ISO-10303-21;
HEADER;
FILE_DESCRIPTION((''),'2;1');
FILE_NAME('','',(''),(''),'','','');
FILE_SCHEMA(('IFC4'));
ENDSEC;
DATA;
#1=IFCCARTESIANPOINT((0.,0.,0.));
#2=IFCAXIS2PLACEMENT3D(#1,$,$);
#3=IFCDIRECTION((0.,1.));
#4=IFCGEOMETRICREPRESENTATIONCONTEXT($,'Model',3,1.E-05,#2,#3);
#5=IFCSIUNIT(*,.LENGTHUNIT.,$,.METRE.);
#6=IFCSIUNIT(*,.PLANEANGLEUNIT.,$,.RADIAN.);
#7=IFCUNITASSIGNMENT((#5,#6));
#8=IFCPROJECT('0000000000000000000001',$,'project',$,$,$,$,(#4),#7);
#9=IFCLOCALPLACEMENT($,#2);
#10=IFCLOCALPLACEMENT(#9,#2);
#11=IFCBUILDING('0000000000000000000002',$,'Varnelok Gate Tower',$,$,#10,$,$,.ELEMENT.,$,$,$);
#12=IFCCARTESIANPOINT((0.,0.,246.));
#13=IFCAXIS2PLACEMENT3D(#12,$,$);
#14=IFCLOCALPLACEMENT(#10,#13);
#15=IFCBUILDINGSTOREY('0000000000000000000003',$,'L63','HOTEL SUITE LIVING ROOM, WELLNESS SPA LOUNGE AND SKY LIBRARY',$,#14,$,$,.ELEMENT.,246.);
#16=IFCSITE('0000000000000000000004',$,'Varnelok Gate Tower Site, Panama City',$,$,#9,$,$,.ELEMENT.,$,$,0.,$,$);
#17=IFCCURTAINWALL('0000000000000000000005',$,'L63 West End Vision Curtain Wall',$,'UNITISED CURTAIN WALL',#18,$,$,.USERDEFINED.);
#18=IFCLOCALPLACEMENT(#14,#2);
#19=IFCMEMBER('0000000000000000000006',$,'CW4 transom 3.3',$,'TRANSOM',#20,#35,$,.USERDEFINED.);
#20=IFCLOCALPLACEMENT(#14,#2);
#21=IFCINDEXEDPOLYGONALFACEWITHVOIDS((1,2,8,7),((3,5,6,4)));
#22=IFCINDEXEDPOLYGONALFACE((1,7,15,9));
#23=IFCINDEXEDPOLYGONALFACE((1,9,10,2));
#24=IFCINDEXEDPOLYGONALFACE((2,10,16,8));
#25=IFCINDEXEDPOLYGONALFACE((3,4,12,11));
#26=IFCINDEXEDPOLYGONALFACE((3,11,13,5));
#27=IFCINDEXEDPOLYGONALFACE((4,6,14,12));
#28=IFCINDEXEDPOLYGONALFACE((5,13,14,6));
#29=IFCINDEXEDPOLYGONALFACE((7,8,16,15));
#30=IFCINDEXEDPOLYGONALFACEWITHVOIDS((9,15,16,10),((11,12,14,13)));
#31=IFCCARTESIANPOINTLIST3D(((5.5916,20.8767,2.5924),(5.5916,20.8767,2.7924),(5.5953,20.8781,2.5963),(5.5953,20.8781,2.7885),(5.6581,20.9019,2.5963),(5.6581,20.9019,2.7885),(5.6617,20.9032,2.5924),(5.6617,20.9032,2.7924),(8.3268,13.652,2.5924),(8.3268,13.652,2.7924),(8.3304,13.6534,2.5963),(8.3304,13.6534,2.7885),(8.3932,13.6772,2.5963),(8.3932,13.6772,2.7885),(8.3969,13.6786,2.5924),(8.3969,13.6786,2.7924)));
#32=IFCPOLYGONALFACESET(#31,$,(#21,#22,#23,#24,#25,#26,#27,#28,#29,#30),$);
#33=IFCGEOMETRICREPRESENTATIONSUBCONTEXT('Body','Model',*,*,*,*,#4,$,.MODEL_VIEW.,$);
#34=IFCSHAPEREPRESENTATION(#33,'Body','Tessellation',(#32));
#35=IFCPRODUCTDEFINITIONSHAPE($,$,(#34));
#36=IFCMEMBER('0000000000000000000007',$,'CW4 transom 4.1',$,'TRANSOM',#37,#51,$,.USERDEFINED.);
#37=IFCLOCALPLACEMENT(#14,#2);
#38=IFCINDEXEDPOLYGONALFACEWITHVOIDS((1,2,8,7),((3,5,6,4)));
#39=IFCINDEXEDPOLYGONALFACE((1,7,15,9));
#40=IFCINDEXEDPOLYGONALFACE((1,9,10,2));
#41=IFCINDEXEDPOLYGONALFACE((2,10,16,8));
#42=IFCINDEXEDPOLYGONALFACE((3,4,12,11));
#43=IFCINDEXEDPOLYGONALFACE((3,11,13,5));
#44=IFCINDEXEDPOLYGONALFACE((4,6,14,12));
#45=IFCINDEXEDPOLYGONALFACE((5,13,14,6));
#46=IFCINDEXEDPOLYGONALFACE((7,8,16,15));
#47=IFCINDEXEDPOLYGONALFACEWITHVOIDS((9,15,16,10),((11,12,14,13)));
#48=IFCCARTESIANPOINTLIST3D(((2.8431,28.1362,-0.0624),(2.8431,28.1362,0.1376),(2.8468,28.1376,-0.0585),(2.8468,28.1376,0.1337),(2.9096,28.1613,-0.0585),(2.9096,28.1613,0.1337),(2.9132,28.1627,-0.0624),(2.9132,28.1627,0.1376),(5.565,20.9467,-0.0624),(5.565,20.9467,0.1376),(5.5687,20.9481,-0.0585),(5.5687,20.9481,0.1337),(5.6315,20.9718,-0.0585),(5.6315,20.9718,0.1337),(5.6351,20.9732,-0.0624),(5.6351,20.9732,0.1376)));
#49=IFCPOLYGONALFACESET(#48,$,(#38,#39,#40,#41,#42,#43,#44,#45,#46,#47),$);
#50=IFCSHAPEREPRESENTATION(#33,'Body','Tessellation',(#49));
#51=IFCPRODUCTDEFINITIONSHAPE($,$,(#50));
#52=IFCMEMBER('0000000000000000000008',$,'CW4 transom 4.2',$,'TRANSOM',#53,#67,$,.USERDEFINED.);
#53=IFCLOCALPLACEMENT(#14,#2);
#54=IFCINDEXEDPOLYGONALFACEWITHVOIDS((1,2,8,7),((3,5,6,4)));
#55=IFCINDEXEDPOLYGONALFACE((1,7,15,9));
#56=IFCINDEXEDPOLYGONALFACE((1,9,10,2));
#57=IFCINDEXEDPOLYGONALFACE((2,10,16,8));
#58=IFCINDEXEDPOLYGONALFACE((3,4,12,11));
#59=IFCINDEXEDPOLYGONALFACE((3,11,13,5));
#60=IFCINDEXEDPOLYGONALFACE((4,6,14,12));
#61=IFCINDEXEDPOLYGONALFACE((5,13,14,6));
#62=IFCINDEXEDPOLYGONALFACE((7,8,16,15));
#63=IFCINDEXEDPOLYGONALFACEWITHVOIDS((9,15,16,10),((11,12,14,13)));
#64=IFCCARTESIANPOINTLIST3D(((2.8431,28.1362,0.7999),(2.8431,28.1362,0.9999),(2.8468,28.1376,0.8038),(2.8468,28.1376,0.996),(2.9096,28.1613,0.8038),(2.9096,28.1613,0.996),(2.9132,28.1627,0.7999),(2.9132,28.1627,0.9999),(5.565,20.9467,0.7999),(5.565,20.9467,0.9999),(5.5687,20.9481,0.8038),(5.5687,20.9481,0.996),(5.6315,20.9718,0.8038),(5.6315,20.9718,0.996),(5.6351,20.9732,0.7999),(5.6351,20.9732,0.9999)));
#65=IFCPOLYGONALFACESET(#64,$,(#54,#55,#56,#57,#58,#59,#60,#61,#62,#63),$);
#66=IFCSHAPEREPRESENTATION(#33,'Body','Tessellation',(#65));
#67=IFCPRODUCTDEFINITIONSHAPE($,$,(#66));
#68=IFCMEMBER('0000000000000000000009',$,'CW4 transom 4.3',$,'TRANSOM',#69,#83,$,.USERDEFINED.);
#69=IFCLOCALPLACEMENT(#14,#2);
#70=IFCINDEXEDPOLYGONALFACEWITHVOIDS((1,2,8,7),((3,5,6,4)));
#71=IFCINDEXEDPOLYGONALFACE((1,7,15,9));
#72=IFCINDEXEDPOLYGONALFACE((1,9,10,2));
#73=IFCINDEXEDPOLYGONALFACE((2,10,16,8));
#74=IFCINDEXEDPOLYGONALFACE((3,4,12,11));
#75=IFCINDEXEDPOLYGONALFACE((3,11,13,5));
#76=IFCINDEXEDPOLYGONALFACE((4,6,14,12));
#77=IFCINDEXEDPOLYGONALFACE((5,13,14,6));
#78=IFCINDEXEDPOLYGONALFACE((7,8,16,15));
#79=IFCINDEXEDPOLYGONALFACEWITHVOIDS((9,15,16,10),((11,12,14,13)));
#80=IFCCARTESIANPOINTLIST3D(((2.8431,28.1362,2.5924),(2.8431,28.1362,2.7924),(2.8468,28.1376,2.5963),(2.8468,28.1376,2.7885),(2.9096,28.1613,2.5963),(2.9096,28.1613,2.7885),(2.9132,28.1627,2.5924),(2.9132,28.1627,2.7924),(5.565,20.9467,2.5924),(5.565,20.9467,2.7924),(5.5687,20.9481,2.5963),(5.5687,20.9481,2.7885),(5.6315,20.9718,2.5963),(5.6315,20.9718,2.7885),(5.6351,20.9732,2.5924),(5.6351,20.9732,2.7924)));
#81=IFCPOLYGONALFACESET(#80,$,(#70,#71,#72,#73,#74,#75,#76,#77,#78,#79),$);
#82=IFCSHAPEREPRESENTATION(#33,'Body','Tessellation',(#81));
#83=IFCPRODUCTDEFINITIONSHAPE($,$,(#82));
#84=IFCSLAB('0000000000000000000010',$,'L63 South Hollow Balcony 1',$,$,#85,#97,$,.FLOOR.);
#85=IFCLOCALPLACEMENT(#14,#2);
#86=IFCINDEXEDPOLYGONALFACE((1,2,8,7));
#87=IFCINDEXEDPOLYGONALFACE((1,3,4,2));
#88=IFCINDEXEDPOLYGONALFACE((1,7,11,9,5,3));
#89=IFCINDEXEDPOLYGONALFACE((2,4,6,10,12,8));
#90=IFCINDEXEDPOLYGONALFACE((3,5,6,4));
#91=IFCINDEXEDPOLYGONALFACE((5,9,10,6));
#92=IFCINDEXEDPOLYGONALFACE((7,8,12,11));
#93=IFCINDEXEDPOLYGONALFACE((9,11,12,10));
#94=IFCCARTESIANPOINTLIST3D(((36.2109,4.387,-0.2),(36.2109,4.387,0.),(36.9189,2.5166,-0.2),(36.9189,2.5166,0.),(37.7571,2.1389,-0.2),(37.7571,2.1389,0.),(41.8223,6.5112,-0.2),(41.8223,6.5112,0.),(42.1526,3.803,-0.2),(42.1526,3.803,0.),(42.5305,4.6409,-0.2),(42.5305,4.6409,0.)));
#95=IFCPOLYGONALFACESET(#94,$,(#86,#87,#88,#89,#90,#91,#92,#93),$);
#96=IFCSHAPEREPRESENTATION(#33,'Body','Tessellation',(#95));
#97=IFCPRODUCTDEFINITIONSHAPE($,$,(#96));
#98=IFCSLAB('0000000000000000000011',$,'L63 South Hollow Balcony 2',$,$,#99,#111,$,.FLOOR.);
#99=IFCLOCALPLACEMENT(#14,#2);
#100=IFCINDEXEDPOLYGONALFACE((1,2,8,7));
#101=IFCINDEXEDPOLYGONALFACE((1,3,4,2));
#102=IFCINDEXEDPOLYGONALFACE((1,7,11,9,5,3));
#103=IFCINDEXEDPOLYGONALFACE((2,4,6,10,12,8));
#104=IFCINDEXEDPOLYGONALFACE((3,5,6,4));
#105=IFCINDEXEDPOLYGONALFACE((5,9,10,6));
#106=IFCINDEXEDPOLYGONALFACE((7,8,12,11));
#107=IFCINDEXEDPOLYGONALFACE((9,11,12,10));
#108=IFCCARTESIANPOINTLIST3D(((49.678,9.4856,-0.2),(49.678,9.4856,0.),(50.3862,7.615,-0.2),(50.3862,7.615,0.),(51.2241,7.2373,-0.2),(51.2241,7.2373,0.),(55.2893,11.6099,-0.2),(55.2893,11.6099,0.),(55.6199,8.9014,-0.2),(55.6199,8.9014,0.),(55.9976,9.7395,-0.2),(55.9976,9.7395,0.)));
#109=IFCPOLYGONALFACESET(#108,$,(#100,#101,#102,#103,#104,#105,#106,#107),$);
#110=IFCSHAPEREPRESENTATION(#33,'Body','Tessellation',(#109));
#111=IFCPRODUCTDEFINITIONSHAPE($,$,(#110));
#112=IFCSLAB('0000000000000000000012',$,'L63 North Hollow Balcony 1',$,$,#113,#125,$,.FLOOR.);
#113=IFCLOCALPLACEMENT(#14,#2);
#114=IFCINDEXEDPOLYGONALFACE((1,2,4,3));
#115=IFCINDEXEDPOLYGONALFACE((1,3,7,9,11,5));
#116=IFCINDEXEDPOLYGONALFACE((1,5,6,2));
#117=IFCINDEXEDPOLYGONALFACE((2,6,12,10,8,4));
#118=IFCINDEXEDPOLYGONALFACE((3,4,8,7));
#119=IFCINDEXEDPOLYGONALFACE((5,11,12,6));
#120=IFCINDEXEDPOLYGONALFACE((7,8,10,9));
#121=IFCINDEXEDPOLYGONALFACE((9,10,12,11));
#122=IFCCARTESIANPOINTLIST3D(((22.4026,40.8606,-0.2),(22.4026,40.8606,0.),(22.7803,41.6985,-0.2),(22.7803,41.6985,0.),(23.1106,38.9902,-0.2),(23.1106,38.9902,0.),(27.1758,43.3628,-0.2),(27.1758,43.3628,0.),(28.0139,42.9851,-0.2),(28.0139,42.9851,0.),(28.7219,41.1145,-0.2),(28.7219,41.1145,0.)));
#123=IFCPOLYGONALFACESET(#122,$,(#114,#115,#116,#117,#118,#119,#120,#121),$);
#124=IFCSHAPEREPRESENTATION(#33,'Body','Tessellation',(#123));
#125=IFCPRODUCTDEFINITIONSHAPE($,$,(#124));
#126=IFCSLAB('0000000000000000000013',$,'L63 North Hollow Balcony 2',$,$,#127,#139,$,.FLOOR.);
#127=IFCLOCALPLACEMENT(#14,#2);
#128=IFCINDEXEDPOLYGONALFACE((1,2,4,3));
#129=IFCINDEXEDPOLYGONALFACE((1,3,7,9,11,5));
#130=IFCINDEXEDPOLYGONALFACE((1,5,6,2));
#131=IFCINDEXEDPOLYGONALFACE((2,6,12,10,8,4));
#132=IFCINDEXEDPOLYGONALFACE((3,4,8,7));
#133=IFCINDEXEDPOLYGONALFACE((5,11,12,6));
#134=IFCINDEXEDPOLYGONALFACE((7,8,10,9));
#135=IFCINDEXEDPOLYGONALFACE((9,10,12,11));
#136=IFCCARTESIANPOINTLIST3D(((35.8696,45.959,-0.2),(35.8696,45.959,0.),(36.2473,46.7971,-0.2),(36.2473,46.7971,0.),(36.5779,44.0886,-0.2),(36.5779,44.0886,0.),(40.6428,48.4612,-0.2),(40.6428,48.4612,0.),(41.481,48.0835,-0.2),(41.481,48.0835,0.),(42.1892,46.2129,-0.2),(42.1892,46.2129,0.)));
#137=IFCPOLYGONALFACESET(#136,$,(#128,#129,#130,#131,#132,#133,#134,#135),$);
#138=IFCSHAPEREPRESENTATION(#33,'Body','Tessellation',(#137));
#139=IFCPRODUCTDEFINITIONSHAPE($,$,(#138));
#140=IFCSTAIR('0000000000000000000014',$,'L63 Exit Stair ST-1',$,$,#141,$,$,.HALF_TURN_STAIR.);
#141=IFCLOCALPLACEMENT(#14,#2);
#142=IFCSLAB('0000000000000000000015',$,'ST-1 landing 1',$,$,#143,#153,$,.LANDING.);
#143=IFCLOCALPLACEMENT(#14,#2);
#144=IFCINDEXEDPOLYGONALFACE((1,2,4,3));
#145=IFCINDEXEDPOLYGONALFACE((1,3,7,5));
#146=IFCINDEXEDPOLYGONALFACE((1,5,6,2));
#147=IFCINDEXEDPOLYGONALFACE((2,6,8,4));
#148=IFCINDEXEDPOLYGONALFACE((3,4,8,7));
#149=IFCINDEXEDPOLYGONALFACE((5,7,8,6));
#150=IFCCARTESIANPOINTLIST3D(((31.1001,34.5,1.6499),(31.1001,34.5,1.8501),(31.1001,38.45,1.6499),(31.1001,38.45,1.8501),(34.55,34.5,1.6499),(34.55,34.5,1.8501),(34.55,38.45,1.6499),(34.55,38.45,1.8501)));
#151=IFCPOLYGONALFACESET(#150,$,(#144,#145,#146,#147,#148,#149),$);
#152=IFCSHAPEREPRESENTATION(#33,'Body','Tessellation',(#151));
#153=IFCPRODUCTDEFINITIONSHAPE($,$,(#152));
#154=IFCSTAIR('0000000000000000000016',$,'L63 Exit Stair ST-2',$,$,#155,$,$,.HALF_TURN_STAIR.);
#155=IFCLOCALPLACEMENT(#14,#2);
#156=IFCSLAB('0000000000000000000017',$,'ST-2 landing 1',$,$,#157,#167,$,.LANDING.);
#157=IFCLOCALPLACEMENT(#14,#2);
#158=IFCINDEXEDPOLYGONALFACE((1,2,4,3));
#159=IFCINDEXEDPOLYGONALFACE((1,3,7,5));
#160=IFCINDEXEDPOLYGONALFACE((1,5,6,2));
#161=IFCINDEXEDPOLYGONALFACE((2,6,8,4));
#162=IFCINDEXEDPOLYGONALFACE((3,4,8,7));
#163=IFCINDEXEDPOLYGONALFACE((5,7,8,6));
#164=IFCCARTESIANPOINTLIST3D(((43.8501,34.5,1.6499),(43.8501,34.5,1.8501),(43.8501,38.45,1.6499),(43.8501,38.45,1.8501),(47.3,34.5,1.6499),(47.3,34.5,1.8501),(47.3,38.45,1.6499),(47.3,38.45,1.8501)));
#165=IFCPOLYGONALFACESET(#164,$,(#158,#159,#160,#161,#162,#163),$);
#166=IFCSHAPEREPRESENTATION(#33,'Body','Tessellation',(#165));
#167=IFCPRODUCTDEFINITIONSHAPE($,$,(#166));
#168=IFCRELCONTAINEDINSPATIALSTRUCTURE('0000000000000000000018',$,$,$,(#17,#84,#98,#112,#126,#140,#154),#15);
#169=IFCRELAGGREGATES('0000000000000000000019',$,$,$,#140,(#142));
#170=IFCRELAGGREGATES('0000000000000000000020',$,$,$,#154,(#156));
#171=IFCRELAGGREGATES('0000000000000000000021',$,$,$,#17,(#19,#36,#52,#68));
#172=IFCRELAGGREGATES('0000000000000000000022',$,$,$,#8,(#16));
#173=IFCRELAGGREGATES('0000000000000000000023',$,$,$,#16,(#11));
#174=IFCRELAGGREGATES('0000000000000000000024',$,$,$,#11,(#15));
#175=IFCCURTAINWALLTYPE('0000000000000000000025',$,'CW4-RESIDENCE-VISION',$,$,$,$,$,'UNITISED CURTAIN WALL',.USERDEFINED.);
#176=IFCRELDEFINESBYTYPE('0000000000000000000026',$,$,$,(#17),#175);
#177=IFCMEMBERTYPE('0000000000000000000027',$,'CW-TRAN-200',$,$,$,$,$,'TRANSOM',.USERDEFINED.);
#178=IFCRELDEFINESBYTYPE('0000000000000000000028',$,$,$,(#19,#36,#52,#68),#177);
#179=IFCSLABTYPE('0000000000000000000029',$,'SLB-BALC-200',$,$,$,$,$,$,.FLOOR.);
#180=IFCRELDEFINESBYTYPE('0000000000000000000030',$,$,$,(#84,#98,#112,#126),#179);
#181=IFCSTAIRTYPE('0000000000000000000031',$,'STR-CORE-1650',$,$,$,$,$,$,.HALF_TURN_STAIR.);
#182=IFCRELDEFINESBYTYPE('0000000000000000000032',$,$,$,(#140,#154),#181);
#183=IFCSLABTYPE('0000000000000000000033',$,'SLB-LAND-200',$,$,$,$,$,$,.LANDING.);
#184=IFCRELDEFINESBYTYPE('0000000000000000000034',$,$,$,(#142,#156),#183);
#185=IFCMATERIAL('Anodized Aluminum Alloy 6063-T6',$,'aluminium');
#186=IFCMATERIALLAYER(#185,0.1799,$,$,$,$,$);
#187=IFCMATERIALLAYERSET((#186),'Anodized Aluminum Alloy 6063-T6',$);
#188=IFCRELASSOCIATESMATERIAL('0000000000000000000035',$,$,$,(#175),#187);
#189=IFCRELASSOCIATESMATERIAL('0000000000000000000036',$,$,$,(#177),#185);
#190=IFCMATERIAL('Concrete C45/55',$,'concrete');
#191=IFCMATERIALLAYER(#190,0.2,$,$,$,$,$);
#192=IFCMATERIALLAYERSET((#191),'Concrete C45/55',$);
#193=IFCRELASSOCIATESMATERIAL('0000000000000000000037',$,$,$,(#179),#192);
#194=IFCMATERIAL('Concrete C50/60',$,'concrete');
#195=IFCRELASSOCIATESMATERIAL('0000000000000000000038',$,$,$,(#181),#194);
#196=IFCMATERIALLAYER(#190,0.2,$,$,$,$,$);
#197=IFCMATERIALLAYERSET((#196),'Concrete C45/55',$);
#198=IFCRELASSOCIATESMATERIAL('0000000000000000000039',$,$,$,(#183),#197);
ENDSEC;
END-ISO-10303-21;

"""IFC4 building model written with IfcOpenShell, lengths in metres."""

from ifc_helpers import new_model, si_unit, direction, frame, origin, origin_2d, place, context, subcontext, project, spatial, polyline, hollow_rectangle, outline, extrude, material, layer, layer_set, material_profile, profile_set, type_object, element, aggregate, save


model = new_model("IFC4")

# Units and contexts
model_context = context("Model", 3, precision=1e-05, world=origin(), true_north=direction((0.0, 1.0)))
body_context = subcontext(model_context, "Body", "Model", "MODEL_VIEW")
ifc_project = project(units=[si_unit("LENGTHUNIT", "METRE"), si_unit("PLANEANGLEUNIT", "RADIAN")], contexts=[model_context])

# Site, building, storey
site_placement = place(None, origin())
site = spatial("IfcSite", under=ifc_project, at=site_placement, Name="Varnelok Gate Tower Site, Panama City", CompositionType="ELEMENT", RefElevation=0.0)
building_placement = place(site_placement, origin())
building = spatial("IfcBuilding", under=site, at=building_placement, Name="Varnelok Gate Tower", CompositionType="ELEMENT")
storey_placement = place(building_placement, frame((0.0, 0.0, 246.0)))
storey = spatial("IfcBuildingStorey", under=building, at=storey_placement, Name="L63", Description="HOTEL SUITE LIVING ROOM, WELLNESS SPA LOUNGE AND SKY LIBRARY", CompositionType="ELEMENT", Elevation=246.0)

# Curtain wall, members
ifc_material_1 = material(Name="Anodized Aluminum Alloy 6063-T6", Category="aluminium")
ifc_layer_1 = layer(ifc_material_1, 0.1799)
ifc_layer_set_1 = layer_set([ifc_layer_1], Name="Anodized Aluminum Alloy 6063-T6")
curtain_wall_type = type_object("IfcCurtainWallType", Name="CW4-RESIDENCE-VISION", ElementType="UNITISED CURTAIN WALL", PredefinedType="USERDEFINED", material=ifc_layer_set_1)
curtain_wall_placement = place(storey_placement, origin())
curtain_wall = element("IfcCurtainWall", 1, at=curtain_wall_placement, inside=storey, type_object=curtain_wall_type, Name="L63 West End Vision Curtain Wall", ObjectType="UNITISED CURTAIN WALL", PredefinedType="USERDEFINED")
ifc_material_profile_1 = material_profile(ifc_material_1, hollow_rectangle(XDim=0.075, YDim=0.2, WallThickness=0.0039, at=origin_2d()), Name="ALU200X75X4")
ifc_profile_set_1 = profile_set([ifc_material_profile_1], Name="Anodized Aluminum Alloy 6063-T6")
member_type_1 = type_object("IfcMemberType", Name="CW-TRAN-200", ElementType="TRANSOM", PredefinedType="USERDEFINED", material=ifc_profile_set_1)
member_1_placement = place(storey_placement, frame((8.3618, 13.6653, 2.6924), z_axis=(-0.354059, 0.935223, 0.0), x_axis=(-0.935223, -0.354059, 0.0)))
member_1 = element("IfcMember", 2, at=member_1_placement, type_object=member_type_1, Name="CW4 transom 3.3", ObjectType="TRANSOM", PredefinedType="USERDEFINED", context=body_context, shape_type="SweptSolid", body=[
    extrude(hollow_rectangle(XDim=0.075, YDim=0.2, WallThickness=0.0039, at=origin_2d()), origin(), (0.0, 0.0, 1.0), 7.7251),
])
member_2_placement = place(storey_placement, frame((5.6001, 20.96, 0.0376), z_axis=(-0.354073, 0.935218, 0.0), x_axis=(-0.935218, -0.354073, 0.0)))
member_2 = element("IfcMember", 3, at=member_2_placement, type_object=member_type_1, Name="CW4 transom 4.1", ObjectType="TRANSOM", PredefinedType="USERDEFINED", context=body_context, shape_type="SweptSolid", body=[
    extrude(hollow_rectangle(XDim=0.075, YDim=0.2, WallThickness=0.0039, at=origin_2d()), origin(), (0.0, 0.0, 1.0), 7.6875),
])
member_3_placement = place(storey_placement, frame((5.6001, 20.96, 0.8999), z_axis=(-0.354073, 0.935218, 0.0), x_axis=(-0.935218, -0.354073, 0.0)))
member_3 = element("IfcMember", 4, at=member_3_placement, type_object=member_type_1, Name="CW4 transom 4.2", ObjectType="TRANSOM", PredefinedType="USERDEFINED", context=body_context, shape_type="SweptSolid", body=[
    extrude(hollow_rectangle(XDim=0.075, YDim=0.2, WallThickness=0.0039, at=origin_2d()), origin(), (0.0, 0.0, 1.0), 7.6875),
])
member_4_placement = place(storey_placement, frame((5.6001, 20.96, 2.6924), z_axis=(-0.354073, 0.935218, 0.0), x_axis=(-0.935218, -0.354073, 0.0)))
member_4 = element("IfcMember", 5, at=member_4_placement, type_object=member_type_1, Name="CW4 transom 4.3", ObjectType="TRANSOM", PredefinedType="USERDEFINED", context=body_context, shape_type="SweptSolid", body=[
    extrude(hollow_rectangle(XDim=0.075, YDim=0.2, WallThickness=0.0039, at=origin_2d()), origin(), (0.0, 0.0, 1.0), 7.6875),
])

# Slabs
ifc_material_2 = material(Name="Concrete C45/55", Category="concrete")
ifc_layer_2 = layer(ifc_material_2, 0.2)
ifc_layer_set_2 = layer_set([ifc_layer_2], Name="Concrete C45/55")
slab_type_1 = type_object("IfcSlabType", Name="SLB-BALC-200", PredefinedType="FLOOR", material=ifc_layer_set_2)
slab_1_placement = place(storey_placement, frame((0.0, 0.0, -0.2)))
element("IfcSlab", 6, at=slab_1_placement, inside=storey, type_object=slab_type_1, Name="L63 South Hollow Balcony 1", PredefinedType="FLOOR", context=body_context, shape_type="SweptSolid", body=[
    extrude(outline(polyline([(36.9189, 2.5166), (37.7571, 2.1389), (42.1526, 3.803), (42.5305, 4.6409), (41.8223, 6.5112), (36.2109, 4.387), (36.9189, 2.5166)])), origin(), (0.0, 0.0, 1.0), 0.2),
])
slab_2_placement = place(storey_placement, frame((0.0, 0.0, -0.2)))
element("IfcSlab", 7, at=slab_2_placement, inside=storey, type_object=slab_type_1, Name="L63 South Hollow Balcony 2", PredefinedType="FLOOR", context=body_context, shape_type="SweptSolid", body=[
    extrude(outline(polyline([(50.3862, 7.615), (51.2241, 7.2373), (55.6199, 8.9014), (55.9976, 9.7395), (55.2893, 11.6099), (49.678, 9.4856), (50.3862, 7.615)])), origin(), (0.0, 0.0, 1.0), 0.2),
])
slab_3_placement = place(storey_placement, frame((0.0, 0.0, -0.2)))
element("IfcSlab", 8, at=slab_3_placement, inside=storey, type_object=slab_type_1, Name="L63 North Hollow Balcony 1", PredefinedType="FLOOR", context=body_context, shape_type="SweptSolid", body=[
    extrude(outline(polyline([(23.1106, 38.9902), (28.7219, 41.1145), (28.0139, 42.9851), (27.1758, 43.3628), (22.7803, 41.6985), (22.4026, 40.8606), (23.1106, 38.9902)])), origin(), (0.0, 0.0, 1.0), 0.2),
])
slab_4_placement = place(storey_placement, frame((0.0, 0.0, -0.2)))
element("IfcSlab", 9, at=slab_4_placement, inside=storey, type_object=slab_type_1, Name="L63 North Hollow Balcony 2", PredefinedType="FLOOR", context=body_context, shape_type="SweptSolid", body=[
    extrude(outline(polyline([(36.5779, 44.0886), (42.1892, 46.2129), (41.481, 48.0835), (40.6428, 48.4612), (36.2473, 46.7971), (35.8696, 45.959), (36.5779, 44.0886)])), origin(), (0.0, 0.0, 1.0), 0.2),
])

# Stairs, slabs
ifc_material_3 = material(Name="Concrete C50/60", Category="concrete")
stair_type = type_object("IfcStairType", Name="STR-CORE-1650", PredefinedType="HALF_TURN_STAIR", material=ifc_material_3)
stair_1_placement = place(storey_placement, origin())
stair_1 = element("IfcStair", 10, at=stair_1_placement, inside=storey, type_object=stair_type, Name="L63 Exit Stair ST-1", PredefinedType="HALF_TURN_STAIR")
ifc_layer_3 = layer(ifc_material_2, 0.2)
ifc_layer_set_3 = layer_set([ifc_layer_3], Name="Concrete C45/55")
slab_type_2 = type_object("IfcSlabType", Name="SLB-LAND-200", PredefinedType="LANDING", material=ifc_layer_set_3)
slab_5_placement = place(storey_placement, frame((0.0, 0.0, 1.6499)))
slab_5 = element("IfcSlab", 11, at=slab_5_placement, type_object=slab_type_2, Name="ST-1 landing 1", PredefinedType="LANDING", context=body_context, shape_type="SweptSolid", body=[
    extrude(outline(polyline([(34.55, 34.5), (34.55, 38.45), (31.1001, 38.45), (31.1001, 34.5), (34.55, 34.5)])), origin(), (0.0, 0.0, 1.0), 0.2002),
])
aggregate(stair_1, [slab_5])
stair_2_placement = place(storey_placement, origin())
stair_2 = element("IfcStair", 12, at=stair_2_placement, inside=storey, type_object=stair_type, Name="L63 Exit Stair ST-2", PredefinedType="HALF_TURN_STAIR")
slab_6_placement = place(storey_placement, frame((0.0, 0.0, 1.6499)))
slab_6 = element("IfcSlab", 13, at=slab_6_placement, type_object=slab_type_2, Name="ST-2 landing 1", PredefinedType="LANDING", context=body_context, shape_type="SweptSolid", body=[
    extrude(outline(polyline([(47.3, 34.5), (47.3, 38.45), (43.8501, 38.45), (43.8501, 34.5), (47.3, 34.5)])), origin(), (0.0, 0.0, 1.0), 0.2002),
])
aggregate(stair_2, [slab_6])

aggregate(curtain_wall, [member_1, member_2, member_3, member_4])

save(model, "model.ifc")
